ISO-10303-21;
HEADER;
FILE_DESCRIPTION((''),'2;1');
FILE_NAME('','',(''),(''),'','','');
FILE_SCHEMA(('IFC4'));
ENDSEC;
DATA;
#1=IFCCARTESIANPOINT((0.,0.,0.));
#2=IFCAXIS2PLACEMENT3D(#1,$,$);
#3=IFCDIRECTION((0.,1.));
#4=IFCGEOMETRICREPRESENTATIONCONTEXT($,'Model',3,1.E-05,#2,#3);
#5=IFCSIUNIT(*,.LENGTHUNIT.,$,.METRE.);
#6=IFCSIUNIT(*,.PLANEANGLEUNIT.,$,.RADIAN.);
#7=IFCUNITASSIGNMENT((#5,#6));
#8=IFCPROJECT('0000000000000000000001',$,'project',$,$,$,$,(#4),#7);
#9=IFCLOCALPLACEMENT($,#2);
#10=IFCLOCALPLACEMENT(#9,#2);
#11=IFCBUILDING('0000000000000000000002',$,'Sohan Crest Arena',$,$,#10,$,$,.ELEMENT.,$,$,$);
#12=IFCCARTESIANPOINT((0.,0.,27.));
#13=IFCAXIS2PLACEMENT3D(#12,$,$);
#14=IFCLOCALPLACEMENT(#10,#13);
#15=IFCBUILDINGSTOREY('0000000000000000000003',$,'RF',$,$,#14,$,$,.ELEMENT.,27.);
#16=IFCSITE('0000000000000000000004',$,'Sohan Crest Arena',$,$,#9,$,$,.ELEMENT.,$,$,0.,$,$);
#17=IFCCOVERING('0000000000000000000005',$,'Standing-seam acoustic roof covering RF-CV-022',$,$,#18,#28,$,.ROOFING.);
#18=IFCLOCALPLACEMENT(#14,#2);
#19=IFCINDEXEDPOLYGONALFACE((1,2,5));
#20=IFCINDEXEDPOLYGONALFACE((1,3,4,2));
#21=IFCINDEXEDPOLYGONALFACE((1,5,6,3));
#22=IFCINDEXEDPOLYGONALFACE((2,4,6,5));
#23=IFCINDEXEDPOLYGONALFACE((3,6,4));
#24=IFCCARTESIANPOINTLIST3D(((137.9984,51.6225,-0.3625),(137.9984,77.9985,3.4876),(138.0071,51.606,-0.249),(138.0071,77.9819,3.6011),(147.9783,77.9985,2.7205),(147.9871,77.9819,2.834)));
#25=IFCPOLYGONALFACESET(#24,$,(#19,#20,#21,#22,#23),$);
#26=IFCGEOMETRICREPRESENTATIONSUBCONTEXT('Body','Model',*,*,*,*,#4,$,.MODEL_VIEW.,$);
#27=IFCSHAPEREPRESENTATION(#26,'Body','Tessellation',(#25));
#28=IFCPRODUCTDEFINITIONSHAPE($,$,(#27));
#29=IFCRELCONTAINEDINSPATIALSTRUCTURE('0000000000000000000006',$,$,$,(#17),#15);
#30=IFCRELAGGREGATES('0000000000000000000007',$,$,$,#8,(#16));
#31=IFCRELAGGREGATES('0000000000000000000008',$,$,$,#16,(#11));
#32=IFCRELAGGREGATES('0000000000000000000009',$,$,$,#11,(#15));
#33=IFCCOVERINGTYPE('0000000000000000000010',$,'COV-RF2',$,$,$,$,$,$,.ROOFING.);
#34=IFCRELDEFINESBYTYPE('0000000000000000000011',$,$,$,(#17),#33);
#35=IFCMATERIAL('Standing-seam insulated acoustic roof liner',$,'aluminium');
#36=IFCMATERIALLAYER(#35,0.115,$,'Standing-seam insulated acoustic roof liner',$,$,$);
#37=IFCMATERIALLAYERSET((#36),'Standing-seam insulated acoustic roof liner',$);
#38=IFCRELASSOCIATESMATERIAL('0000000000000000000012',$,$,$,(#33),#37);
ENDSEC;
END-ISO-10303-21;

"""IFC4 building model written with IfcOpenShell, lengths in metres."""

from ifc_helpers import new_model, si_unit, direction, frame, origin, place, context, subcontext, project, spatial, polyline, outline, extrude, material, layer, layer_set, type_object, element, save


model = new_model("IFC4")

# Units and contexts
model_context = context("Model", 3, precision=1e-05, world=origin(), true_north=direction((0.0, 1.0)))
body_context = subcontext(model_context, "Body", "Model", "MODEL_VIEW")
ifc_project = project(units=[si_unit("LENGTHUNIT", "METRE"), si_unit("PLANEANGLEUNIT", "RADIAN")], contexts=[model_context])

# Site, building, storey
site_placement = place(None, origin())
site = spatial("IfcSite", under=ifc_project, at=site_placement, Name="Sohan Crest Arena", CompositionType="ELEMENT", RefElevation=0.0)
building_placement = place(site_placement, origin())
building = spatial("IfcBuilding", under=site, at=building_placement, Name="Sohan Crest Arena", CompositionType="ELEMENT")
storey_placement = place(building_placement, frame((0.0, 0.0, 27.0)))
storey = spatial("IfcBuildingStorey", under=building, at=storey_placement, Name="RF", CompositionType="ELEMENT", Elevation=27.0)

# Covering
ifc_material_1 = material(Name="Standing-seam insulated acoustic roof liner", Category="aluminium")
ifc_layer_1 = layer(ifc_material_1, 0.115, Name="Standing-seam insulated acoustic roof liner")
ifc_layer_set_1 = layer_set([ifc_layer_1], Name="Standing-seam insulated acoustic roof liner")
covering_type = type_object("IfcCoveringType", Name="COV-RF2", PredefinedType="ROOFING", material=ifc_layer_set_1)
covering_placement = place(storey_placement, frame((138.0071, 51.606, -0.249), z_axis=(0.075838, -0.144023, 0.986664), x_axis=(0.351792, 0.929748, 0.108675)))
element("IfcCovering", 1, at=covering_placement, inside=storey, type_object=covering_type, Name="Standing-seam acoustic roof covering RF-CV-022", PredefinedType="ROOFING", context=body_context, shape_type="SweptSolid", body=[
    extrude(outline(polyline([(0.0, 0.0), (28.3689, 0.0), (24.9414, 9.4043), (0.0, 0.0)])), origin(), (0.0, 0.0, -1.0), 0.115),
])

save(model, "model.ifc")
